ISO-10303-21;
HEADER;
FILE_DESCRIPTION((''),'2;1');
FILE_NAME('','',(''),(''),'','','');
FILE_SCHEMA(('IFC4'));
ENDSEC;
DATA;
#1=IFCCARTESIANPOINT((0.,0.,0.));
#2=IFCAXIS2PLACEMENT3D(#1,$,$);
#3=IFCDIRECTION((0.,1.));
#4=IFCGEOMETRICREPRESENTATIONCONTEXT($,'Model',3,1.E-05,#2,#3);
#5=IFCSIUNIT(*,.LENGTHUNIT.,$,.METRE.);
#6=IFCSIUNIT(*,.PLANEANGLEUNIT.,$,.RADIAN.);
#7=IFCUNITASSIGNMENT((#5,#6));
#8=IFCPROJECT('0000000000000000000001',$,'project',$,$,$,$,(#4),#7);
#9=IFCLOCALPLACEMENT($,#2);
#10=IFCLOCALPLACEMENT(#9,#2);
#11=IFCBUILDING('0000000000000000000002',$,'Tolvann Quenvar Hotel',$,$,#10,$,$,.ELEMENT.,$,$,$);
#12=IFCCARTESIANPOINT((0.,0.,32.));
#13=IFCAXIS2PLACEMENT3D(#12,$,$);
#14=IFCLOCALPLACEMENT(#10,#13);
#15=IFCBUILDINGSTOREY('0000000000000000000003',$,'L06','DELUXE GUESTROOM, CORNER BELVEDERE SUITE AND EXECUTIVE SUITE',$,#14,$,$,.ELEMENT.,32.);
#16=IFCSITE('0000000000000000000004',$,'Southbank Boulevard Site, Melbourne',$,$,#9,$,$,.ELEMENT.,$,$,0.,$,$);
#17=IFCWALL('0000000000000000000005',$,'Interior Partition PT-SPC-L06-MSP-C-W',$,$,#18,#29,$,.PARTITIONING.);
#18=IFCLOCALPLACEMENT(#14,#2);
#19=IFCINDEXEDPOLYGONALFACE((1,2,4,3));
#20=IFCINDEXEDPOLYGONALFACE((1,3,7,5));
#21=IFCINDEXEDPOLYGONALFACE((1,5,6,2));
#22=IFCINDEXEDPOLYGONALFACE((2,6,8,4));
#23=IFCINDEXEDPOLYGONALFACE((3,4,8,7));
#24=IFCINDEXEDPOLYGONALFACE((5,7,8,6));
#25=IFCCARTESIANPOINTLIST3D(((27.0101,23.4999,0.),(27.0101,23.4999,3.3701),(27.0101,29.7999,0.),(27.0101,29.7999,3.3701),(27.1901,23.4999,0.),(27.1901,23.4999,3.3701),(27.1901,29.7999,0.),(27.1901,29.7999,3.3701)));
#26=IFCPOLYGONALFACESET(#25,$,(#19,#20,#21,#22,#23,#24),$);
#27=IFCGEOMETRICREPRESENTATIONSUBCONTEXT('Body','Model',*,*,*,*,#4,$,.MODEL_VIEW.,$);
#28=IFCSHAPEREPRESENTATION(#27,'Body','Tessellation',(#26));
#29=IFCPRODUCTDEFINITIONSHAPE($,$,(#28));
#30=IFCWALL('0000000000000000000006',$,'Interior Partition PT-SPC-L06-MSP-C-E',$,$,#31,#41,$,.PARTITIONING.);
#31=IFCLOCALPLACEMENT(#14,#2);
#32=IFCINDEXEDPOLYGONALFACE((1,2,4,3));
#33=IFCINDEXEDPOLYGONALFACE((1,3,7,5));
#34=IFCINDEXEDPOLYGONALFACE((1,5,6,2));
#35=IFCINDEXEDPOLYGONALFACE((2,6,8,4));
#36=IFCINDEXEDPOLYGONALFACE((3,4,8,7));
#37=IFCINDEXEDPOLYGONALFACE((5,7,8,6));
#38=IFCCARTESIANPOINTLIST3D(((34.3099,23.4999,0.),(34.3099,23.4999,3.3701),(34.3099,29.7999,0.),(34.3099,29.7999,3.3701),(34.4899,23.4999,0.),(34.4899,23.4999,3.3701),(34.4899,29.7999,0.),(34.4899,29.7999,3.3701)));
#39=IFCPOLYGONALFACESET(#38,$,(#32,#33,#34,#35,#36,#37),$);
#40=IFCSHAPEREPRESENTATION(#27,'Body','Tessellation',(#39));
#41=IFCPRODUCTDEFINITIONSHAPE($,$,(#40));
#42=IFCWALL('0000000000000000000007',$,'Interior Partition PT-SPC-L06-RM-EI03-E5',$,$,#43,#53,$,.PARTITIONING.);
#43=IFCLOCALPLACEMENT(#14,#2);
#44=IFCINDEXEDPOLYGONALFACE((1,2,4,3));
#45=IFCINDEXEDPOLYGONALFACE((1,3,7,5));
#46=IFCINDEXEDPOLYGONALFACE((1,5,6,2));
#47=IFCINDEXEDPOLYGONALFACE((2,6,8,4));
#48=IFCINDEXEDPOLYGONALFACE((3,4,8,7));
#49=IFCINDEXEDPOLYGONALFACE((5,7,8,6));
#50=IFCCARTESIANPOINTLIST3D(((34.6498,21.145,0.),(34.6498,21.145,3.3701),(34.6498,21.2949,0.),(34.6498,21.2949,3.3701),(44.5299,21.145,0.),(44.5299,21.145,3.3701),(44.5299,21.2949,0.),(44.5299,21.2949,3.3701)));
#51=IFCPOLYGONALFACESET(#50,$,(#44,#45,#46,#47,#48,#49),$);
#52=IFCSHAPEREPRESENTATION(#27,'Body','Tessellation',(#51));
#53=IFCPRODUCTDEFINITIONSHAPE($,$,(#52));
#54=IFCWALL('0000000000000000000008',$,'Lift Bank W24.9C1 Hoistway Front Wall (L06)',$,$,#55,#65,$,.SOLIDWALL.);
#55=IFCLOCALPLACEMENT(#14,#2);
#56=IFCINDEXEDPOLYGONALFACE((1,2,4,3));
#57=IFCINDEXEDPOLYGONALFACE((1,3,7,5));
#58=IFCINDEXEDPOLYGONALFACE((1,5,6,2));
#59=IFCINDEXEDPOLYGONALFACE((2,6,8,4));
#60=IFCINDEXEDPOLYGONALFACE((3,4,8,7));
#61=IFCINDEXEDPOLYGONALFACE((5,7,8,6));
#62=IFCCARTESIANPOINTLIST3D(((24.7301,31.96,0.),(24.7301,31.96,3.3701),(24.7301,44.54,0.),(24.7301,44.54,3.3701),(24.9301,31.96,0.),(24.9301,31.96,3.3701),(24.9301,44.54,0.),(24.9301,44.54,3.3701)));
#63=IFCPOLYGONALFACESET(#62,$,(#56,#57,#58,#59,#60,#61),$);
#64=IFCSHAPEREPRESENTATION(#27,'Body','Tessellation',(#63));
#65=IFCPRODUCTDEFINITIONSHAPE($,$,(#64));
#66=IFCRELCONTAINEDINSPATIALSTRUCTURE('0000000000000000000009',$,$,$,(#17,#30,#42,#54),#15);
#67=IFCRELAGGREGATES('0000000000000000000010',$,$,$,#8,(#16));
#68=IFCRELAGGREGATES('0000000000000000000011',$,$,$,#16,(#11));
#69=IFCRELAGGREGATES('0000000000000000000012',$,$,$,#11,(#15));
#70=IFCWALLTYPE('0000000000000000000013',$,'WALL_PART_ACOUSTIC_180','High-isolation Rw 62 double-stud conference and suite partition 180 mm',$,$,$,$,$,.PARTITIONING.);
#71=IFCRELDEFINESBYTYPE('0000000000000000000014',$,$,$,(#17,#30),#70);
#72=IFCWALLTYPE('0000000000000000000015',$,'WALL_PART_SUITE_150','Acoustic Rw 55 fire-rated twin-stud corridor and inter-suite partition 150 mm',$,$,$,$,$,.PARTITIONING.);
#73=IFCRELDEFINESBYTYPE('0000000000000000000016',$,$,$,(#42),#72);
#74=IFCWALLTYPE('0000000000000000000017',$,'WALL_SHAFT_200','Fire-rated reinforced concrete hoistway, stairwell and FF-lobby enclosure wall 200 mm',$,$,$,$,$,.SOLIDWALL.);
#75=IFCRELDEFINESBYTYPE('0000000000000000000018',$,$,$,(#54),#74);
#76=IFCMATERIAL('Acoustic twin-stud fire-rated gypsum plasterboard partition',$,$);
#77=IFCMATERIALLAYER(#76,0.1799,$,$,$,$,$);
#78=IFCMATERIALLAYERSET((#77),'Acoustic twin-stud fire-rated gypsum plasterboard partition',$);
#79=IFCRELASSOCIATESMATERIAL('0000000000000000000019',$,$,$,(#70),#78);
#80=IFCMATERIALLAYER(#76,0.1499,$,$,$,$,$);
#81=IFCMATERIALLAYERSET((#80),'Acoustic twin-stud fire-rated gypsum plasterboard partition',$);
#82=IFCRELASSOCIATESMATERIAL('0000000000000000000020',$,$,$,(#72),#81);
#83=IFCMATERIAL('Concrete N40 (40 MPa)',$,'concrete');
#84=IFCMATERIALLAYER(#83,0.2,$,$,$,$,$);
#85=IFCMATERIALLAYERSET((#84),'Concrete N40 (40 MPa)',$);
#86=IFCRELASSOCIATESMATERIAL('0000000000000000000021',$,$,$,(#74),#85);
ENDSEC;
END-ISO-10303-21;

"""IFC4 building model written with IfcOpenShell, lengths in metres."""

from ifc_helpers import new_model, si_unit, direction, frame, frame_2d, origin, place, context, subcontext, project, spatial, rectangle, extrude, material, layer, layer_set, type_object, element, save


model = new_model("IFC4")

# Units and contexts
model_context = context("Model", 3, precision=1e-05, world=origin(), true_north=direction((0.0, 1.0)))
body_context = subcontext(model_context, "Body", "Model", "MODEL_VIEW")
ifc_project = project(units=[si_unit("LENGTHUNIT", "METRE"), si_unit("PLANEANGLEUNIT", "RADIAN")], contexts=[model_context])

# Site, building, storey
site_placement = place(None, origin())
site = spatial("IfcSite", under=ifc_project, at=site_placement, Name="Southbank Boulevard Site, Melbourne", CompositionType="ELEMENT", RefElevation=0.0)
building_placement = place(site_placement, origin())
building = spatial("IfcBuilding", under=site, at=building_placement, Name="Tolvann Quenvar Hotel", CompositionType="ELEMENT")
storey_placement = place(building_placement, frame((0.0, 0.0, 32.0)))
storey = spatial("IfcBuildingStorey", under=building, at=storey_placement, Name="L06", Description="DELUXE GUESTROOM, CORNER BELVEDERE SUITE AND EXECUTIVE SUITE", CompositionType="ELEMENT", Elevation=32.0)

# Shared definitions
ifc_material_1 = material(Name="Acoustic twin-stud fire-rated gypsum plasterboard partition")
ifc_layer_1 = layer(ifc_material_1, 0.1799)
ifc_layer_set_1 = layer_set([ifc_layer_1], Name="Acoustic twin-stud fire-rated gypsum plasterboard partition")
wall_type_1 = type_object("IfcWallType", Name="WALL_PART_ACOUSTIC_180", Description="High-isolation Rw 62 double-stud conference and suite partition 180 mm", PredefinedType="PARTITIONING", material=ifc_layer_set_1)

# Walls
for number, where, z_axis, x_axis, name in (
    (1, (27.1001, 23.5, 0.0), (0.0, 0.0, 1.0), (0.0, 1.0, 0.0), "Interior Partition PT-SPC-L06-MSP-C-W"),
    (2, (34.3999, 23.5, 0.0), (0.0, 0.0, 1.0), (0.0, 1.0, 0.0), "Interior Partition PT-SPC-L06-MSP-C-E"),
):
    element("IfcWall", number, at=place(storey_placement, frame(where, z_axis=z_axis, x_axis=x_axis)), inside=storey, type_object=wall_type_1, Name=name, PredefinedType="PARTITIONING", context=body_context, shape_type="SweptSolid", body=[
        extrude(rectangle(XDim=6.3, YDim=0.1799, at=frame_2d((3.1499, 0.0))), origin(), (0.0, 0.0, 1.0), 3.3701),
    ])
ifc_layer_2 = layer(ifc_material_1, 0.1499)
ifc_layer_set_2 = layer_set([ifc_layer_2], Name="Acoustic twin-stud fire-rated gypsum plasterboard partition")
wall_type_2 = type_object("IfcWallType", Name="WALL_PART_SUITE_150", Description="Acoustic Rw 55 fire-rated twin-stud corridor and inter-suite partition 150 mm", PredefinedType="PARTITIONING", material=ifc_layer_set_2)
wall_1_placement = place(storey_placement, frame((34.6499, 21.22, 0.0), z_axis=(0.0, 0.0, 1.0), x_axis=(1.0, 0.0, 0.0)))
element("IfcWall", 3, at=wall_1_placement, inside=storey, type_object=wall_type_2, Name="Interior Partition PT-SPC-L06-RM-EI03-E5", PredefinedType="PARTITIONING", context=body_context, shape_type="SweptSolid", body=[
    extrude(rectangle(XDim=9.8801, YDim=0.1499, at=frame_2d((4.9399, 0.0))), origin(), (0.0, 0.0, 1.0), 3.3701),
])
ifc_material_2 = material(Name="Concrete N40 (40 MPa)", Category="concrete")
ifc_layer_3 = layer(ifc_material_2, 0.2)
ifc_layer_set_3 = layer_set([ifc_layer_3], Name="Concrete N40 (40 MPa)")
wall_type_3 = type_object("IfcWallType", Name="WALL_SHAFT_200", Description="Fire-rated reinforced concrete hoistway, stairwell and FF-lobby enclosure wall 200 mm", PredefinedType="SOLIDWALL", material=ifc_layer_set_3)
wall_2_placement = place(storey_placement, frame((24.8301, 31.96, 0.0), z_axis=(0.0, 0.0, 1.0), x_axis=(0.0, 1.0, 0.0)))
element("IfcWall", 4, at=wall_2_placement, inside=storey, type_object=wall_type_3, Name="Lift Bank W24.9C1 Hoistway Front Wall (L06)", PredefinedType="SOLIDWALL", context=body_context, shape_type="SweptSolid", body=[
    extrude(rectangle(XDim=12.5801, YDim=0.2, at=frame_2d((6.29, 0.0))), origin(), (0.0, 0.0, 1.0), 3.3701),
])

save(model, "model.ifc")
